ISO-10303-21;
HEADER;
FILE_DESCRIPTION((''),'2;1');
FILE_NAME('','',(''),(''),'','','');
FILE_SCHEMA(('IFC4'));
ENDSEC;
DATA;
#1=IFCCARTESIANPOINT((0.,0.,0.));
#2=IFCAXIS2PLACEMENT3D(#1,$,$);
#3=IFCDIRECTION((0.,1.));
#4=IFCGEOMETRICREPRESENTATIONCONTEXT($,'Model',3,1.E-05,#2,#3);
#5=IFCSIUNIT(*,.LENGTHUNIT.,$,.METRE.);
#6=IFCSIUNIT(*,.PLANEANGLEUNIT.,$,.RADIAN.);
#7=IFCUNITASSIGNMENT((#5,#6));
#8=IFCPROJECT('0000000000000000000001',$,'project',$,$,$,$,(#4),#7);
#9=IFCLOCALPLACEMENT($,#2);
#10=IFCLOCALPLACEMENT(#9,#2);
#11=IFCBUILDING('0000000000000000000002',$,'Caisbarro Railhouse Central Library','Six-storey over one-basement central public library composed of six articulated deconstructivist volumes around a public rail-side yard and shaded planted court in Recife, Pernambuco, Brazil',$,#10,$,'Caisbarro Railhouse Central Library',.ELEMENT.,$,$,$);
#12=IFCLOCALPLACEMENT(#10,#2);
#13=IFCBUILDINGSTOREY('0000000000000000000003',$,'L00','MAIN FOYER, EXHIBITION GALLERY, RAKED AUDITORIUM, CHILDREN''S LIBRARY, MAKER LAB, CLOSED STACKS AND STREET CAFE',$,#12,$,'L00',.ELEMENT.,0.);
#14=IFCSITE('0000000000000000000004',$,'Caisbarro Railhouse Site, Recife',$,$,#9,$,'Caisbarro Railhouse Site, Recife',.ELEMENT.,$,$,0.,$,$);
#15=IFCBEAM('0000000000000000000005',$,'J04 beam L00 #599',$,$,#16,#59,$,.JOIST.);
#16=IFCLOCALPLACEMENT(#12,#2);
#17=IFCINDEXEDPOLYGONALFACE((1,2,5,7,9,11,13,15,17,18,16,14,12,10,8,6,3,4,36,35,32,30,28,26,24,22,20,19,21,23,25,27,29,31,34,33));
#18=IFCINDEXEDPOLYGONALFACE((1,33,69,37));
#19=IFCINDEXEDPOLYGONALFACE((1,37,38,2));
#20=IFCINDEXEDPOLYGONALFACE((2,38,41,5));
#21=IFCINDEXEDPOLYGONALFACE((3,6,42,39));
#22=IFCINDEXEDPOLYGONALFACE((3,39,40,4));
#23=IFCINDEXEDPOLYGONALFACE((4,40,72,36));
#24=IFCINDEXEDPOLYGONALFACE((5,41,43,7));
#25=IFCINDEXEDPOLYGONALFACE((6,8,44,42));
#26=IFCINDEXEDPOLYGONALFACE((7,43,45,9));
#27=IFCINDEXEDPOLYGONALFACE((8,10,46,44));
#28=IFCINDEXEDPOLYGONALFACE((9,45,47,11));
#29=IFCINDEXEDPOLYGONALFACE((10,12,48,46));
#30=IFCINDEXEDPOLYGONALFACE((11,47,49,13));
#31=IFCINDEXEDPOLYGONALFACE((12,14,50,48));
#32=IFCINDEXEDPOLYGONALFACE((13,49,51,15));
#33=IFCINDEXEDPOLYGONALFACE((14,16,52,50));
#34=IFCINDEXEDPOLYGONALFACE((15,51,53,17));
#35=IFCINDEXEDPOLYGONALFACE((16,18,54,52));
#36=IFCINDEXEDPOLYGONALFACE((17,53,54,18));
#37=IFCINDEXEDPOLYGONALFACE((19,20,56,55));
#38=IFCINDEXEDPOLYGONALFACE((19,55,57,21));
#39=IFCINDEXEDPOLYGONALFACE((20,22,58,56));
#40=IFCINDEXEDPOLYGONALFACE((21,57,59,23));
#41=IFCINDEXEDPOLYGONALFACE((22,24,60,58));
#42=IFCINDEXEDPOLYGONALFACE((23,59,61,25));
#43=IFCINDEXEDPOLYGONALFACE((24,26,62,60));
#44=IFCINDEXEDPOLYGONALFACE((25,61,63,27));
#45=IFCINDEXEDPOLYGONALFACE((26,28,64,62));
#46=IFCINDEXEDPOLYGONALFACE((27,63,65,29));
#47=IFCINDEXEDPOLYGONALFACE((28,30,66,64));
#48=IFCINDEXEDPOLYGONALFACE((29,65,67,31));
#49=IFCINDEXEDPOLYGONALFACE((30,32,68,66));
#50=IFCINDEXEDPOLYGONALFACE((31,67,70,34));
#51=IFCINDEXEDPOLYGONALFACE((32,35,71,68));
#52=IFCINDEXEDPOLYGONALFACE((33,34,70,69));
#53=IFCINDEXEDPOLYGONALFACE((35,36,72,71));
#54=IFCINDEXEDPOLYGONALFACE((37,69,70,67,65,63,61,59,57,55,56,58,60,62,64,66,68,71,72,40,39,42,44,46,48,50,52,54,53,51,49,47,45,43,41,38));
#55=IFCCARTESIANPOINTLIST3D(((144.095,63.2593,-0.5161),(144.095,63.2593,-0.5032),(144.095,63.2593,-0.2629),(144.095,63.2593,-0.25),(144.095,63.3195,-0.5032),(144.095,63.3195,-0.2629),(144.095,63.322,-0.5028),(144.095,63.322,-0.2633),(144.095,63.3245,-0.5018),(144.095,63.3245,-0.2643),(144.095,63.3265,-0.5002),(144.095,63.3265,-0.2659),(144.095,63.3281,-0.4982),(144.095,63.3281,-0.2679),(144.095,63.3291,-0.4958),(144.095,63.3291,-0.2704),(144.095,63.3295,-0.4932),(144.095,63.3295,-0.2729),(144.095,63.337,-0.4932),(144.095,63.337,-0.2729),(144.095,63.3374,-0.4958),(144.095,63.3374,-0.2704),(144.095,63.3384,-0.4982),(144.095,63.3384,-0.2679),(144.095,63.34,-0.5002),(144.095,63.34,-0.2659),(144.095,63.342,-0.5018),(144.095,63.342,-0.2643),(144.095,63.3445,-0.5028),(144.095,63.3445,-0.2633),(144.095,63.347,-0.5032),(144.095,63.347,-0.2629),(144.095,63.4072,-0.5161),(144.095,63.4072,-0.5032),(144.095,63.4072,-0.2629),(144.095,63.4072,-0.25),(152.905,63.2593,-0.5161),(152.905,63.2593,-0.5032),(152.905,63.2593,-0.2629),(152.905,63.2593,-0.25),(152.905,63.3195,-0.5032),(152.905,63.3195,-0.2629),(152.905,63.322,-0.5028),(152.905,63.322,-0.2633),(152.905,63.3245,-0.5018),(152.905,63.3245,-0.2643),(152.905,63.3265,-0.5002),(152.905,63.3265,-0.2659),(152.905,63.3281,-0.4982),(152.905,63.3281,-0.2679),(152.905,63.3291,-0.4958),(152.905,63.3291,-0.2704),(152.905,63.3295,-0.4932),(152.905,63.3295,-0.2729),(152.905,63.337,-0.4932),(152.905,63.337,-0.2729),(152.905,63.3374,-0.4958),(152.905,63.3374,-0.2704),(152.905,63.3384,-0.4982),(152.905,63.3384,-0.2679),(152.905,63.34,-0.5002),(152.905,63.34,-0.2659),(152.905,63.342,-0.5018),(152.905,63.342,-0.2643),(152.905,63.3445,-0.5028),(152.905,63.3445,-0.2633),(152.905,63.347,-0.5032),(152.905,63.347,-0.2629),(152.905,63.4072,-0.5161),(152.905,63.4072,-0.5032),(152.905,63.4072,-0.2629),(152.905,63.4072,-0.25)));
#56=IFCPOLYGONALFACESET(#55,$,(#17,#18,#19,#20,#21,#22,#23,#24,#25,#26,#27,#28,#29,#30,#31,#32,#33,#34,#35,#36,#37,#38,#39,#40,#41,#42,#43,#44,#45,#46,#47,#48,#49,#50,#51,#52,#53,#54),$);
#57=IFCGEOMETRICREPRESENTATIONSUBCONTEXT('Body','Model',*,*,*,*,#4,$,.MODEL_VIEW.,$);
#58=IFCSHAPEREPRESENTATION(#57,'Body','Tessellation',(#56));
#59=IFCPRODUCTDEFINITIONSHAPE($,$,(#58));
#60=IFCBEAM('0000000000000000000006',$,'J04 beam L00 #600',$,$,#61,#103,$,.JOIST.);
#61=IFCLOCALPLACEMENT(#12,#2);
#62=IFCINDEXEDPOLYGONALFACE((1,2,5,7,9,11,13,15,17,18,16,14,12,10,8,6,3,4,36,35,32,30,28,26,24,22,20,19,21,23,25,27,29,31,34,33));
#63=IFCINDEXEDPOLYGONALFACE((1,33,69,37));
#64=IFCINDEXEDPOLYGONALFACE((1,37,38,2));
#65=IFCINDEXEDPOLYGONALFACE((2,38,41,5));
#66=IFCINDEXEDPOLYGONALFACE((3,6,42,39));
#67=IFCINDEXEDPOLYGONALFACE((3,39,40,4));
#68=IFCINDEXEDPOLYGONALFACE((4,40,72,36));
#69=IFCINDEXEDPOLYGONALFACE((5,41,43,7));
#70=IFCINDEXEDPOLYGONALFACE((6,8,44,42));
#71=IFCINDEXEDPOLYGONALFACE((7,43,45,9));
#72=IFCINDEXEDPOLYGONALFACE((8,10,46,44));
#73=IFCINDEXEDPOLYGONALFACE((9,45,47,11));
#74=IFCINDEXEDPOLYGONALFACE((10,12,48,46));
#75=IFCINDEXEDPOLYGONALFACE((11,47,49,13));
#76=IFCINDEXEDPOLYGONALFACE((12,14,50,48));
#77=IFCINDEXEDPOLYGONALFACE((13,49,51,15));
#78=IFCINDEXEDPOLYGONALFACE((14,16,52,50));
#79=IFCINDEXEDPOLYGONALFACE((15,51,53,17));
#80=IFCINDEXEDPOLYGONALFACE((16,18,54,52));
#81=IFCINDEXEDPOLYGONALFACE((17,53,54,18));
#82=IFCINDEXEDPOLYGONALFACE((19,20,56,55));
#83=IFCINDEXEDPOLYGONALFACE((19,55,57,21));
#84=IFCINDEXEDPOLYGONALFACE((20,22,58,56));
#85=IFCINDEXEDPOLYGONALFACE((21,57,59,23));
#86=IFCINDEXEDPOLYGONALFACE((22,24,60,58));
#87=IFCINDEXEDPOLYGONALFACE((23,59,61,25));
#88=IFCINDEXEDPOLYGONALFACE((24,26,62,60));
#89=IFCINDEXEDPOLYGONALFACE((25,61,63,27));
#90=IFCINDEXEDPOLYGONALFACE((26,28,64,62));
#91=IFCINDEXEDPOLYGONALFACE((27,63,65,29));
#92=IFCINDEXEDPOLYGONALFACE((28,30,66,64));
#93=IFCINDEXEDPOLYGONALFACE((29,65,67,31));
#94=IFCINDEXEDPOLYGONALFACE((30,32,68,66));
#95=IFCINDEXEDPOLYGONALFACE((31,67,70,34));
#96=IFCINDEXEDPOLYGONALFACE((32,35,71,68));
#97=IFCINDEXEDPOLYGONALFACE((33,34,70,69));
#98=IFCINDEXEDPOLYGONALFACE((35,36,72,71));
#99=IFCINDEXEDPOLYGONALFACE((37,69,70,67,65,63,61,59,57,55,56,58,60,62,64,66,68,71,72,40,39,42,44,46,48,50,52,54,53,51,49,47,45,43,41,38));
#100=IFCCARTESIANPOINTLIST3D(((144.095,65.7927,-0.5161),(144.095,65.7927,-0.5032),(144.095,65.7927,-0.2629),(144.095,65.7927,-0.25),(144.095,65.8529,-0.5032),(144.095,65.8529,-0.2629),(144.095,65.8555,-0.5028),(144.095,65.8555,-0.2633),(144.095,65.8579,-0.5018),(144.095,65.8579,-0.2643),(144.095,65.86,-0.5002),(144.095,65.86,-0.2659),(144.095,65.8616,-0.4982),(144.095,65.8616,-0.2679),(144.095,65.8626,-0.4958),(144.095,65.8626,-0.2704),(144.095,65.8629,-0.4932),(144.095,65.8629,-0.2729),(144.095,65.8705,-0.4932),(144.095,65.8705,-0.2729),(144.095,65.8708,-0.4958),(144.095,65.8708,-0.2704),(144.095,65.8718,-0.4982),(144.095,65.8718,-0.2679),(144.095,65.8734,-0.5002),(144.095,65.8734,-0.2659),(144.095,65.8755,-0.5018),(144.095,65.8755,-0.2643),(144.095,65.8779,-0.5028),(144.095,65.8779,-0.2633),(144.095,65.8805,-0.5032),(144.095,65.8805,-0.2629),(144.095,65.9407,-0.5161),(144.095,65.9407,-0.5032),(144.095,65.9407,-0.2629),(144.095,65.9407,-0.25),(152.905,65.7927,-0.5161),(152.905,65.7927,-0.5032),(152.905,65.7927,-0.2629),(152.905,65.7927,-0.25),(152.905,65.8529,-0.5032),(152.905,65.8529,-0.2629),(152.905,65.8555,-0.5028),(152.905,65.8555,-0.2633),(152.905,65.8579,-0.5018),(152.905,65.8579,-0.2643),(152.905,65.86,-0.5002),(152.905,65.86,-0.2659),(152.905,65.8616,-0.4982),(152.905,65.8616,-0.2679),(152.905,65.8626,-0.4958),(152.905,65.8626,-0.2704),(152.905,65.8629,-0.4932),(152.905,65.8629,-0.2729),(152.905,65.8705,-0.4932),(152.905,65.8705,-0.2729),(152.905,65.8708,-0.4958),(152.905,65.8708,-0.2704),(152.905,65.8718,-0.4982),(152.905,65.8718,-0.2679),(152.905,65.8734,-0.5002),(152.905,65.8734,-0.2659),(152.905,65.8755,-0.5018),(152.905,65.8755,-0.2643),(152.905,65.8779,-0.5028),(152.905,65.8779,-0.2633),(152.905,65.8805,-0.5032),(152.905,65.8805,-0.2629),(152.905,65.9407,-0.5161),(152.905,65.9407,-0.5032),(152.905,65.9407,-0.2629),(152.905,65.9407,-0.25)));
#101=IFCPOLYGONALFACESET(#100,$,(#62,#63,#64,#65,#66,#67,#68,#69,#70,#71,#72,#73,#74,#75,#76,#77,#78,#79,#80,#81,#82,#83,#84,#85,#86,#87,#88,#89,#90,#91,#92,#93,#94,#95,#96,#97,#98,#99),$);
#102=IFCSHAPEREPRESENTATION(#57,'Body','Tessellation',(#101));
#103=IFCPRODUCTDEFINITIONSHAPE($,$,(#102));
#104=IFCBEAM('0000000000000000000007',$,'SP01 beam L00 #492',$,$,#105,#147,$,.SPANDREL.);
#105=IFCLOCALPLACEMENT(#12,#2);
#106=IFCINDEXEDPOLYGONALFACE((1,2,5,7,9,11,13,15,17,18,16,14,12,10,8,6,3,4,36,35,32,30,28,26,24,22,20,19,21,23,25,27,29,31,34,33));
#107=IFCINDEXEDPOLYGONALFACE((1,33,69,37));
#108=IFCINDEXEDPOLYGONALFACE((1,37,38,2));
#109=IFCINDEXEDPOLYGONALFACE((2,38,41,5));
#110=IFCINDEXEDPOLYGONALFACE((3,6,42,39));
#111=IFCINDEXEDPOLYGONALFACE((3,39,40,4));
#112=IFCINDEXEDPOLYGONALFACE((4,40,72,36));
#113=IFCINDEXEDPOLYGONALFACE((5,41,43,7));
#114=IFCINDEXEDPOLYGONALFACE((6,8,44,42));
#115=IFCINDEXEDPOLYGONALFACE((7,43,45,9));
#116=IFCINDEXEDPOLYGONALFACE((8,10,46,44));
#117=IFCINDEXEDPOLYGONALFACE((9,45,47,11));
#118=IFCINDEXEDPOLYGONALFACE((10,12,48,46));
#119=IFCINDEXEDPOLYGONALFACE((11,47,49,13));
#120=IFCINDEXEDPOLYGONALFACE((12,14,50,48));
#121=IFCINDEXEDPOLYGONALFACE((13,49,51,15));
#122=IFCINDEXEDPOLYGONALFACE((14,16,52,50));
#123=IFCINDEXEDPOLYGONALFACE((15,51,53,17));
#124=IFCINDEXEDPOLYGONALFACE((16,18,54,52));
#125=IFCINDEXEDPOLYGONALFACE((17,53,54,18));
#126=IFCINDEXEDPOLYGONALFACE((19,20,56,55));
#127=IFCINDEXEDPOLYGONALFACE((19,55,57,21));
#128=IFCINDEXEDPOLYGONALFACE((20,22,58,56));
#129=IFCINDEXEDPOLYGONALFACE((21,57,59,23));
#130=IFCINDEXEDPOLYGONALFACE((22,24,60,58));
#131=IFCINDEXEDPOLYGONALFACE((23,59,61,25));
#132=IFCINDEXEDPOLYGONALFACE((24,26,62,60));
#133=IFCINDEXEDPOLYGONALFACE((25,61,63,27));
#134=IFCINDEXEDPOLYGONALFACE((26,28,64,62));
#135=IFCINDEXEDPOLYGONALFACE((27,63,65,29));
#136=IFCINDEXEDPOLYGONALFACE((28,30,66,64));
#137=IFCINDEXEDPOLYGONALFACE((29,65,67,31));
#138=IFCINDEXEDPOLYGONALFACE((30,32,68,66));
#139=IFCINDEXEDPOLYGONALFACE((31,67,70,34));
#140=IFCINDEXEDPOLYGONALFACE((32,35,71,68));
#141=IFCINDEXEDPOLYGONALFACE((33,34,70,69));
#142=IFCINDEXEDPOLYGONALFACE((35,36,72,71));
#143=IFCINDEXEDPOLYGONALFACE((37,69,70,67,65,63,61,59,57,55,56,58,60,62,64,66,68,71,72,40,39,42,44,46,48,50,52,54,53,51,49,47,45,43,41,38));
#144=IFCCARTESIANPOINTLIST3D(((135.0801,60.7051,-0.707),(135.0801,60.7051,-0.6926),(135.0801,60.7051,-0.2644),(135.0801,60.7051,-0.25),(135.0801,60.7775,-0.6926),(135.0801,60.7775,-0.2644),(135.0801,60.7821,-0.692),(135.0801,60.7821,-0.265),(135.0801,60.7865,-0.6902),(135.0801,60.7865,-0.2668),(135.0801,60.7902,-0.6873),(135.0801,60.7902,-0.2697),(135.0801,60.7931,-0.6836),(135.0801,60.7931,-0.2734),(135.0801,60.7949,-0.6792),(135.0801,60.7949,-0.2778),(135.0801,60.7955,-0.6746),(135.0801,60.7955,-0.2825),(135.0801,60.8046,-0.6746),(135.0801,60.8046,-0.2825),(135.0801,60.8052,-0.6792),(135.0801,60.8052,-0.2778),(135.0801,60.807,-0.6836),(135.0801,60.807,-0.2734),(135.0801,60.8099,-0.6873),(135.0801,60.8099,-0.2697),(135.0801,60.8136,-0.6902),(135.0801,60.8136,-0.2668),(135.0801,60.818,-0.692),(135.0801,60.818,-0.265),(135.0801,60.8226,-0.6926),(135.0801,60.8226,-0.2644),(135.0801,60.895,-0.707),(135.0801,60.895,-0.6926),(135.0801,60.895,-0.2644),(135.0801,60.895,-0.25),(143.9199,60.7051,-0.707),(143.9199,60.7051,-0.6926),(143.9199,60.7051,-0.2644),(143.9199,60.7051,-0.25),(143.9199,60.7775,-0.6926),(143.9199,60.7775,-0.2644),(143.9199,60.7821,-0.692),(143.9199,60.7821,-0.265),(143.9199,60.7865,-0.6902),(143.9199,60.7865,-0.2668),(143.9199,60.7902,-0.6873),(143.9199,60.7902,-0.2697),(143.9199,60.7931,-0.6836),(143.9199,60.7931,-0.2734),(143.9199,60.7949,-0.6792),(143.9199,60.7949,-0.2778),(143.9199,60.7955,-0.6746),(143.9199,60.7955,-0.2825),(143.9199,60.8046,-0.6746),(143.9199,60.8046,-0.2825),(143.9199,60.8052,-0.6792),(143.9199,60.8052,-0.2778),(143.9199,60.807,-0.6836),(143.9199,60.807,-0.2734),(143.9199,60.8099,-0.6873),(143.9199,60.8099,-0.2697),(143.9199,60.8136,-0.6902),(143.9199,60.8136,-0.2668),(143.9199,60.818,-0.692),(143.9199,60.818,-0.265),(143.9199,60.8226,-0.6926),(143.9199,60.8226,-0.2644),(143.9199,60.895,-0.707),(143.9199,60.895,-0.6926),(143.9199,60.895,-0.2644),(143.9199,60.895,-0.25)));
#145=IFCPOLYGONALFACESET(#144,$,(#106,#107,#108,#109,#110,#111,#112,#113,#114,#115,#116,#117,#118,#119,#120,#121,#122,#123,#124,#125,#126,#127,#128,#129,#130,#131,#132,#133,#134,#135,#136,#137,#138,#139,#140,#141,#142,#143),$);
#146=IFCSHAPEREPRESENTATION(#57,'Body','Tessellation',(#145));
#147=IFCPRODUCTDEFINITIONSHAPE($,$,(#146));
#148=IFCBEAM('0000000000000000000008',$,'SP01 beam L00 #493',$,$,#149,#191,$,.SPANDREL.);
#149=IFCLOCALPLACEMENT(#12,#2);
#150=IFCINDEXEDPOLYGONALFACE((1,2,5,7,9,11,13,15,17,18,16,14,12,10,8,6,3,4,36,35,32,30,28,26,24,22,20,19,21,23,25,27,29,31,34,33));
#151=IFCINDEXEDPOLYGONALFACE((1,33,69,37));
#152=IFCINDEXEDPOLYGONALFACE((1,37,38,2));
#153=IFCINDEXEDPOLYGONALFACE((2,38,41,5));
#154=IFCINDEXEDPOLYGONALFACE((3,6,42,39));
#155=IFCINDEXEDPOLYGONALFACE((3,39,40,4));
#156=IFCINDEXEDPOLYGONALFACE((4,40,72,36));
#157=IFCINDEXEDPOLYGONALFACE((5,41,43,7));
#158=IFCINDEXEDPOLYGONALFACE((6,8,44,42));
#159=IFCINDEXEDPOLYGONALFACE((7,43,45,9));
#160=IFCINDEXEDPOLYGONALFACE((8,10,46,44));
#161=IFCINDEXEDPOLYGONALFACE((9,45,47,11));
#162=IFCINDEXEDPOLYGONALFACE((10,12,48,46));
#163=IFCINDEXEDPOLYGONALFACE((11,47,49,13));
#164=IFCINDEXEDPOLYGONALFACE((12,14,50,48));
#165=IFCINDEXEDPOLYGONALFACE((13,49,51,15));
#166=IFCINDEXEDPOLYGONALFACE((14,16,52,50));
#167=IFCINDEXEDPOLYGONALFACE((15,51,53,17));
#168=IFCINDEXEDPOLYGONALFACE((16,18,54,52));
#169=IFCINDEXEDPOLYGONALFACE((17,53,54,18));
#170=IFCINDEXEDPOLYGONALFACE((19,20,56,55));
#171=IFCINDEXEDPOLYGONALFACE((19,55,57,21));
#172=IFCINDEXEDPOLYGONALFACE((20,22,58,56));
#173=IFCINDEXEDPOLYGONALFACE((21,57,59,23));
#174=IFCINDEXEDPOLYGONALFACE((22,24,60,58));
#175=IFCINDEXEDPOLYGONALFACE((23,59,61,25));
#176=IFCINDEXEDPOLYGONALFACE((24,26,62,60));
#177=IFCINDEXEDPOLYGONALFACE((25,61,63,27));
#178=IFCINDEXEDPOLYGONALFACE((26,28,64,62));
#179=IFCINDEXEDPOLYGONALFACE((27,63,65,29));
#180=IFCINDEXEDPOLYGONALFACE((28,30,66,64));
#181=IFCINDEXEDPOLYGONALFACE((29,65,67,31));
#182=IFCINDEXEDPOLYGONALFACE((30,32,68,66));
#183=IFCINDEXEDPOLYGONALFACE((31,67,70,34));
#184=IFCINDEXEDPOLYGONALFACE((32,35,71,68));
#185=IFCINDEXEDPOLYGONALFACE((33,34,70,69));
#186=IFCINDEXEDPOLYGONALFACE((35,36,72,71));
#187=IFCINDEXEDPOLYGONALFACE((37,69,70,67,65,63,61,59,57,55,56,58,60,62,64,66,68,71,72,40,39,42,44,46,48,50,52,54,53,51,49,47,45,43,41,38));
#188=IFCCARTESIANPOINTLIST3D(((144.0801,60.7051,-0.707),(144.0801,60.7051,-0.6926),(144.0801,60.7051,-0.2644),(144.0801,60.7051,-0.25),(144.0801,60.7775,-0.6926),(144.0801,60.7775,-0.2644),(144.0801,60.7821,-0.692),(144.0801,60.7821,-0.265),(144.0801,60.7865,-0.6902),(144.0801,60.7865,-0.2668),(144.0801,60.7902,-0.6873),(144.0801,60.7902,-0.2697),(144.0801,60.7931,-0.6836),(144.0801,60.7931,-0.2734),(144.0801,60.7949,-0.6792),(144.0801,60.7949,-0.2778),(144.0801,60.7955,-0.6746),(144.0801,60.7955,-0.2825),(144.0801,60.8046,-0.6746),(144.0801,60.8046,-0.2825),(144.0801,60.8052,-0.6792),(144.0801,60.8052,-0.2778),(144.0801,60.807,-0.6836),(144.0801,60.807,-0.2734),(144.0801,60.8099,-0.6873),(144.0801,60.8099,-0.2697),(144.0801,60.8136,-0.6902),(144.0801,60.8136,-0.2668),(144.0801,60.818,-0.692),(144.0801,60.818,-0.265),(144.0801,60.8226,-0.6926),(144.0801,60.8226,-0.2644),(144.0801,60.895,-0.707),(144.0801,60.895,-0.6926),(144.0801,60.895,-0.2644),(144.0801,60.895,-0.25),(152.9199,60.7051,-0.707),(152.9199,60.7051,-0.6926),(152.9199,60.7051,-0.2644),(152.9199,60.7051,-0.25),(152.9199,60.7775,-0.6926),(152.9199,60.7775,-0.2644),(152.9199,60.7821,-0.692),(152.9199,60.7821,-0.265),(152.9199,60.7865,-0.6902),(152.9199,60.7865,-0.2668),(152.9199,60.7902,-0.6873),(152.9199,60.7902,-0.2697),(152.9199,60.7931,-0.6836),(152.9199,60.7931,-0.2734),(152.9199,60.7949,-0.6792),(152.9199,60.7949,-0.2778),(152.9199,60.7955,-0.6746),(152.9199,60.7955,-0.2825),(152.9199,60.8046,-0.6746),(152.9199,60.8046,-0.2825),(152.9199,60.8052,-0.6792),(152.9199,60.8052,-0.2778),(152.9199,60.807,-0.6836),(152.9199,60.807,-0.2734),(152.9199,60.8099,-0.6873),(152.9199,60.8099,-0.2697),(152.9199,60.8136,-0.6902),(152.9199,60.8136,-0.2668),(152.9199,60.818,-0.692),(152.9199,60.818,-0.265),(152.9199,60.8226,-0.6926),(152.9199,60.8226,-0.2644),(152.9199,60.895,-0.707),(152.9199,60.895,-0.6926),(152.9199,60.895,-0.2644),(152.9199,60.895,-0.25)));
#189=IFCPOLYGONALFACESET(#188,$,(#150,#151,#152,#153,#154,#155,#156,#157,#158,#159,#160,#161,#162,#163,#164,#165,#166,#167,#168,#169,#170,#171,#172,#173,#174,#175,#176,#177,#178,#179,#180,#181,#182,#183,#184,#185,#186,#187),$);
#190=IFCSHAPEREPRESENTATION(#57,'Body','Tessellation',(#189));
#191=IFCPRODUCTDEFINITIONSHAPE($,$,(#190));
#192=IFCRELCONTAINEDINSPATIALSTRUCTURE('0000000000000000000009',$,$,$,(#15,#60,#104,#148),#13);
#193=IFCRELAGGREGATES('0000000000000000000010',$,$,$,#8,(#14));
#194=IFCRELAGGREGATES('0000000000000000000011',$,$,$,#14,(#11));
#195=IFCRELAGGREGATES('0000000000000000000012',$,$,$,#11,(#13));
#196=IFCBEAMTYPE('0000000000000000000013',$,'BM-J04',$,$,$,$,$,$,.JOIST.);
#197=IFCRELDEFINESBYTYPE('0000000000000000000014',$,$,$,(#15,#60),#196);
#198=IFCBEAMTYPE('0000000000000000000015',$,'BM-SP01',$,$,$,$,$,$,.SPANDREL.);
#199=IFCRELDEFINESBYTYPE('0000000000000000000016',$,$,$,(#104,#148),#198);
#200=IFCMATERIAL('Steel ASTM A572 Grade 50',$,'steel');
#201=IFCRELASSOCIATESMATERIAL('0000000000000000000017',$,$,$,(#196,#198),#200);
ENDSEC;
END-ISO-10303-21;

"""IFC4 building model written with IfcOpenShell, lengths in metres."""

from ifc_helpers import new_model, si_unit, direction, frame, origin, origin_2d, place, context, subcontext, project, spatial, i_section, extrude, material, material_profile, profile_set, type_object, element, save


model = new_model("IFC4")

# Units and contexts
model_context = context("Model", 3, precision=1e-05, world=origin(), true_north=direction((0.0, 1.0)))
body_context = subcontext(model_context, "Body", "Model", "MODEL_VIEW")
ifc_project = project(units=[si_unit("LENGTHUNIT", "METRE"), si_unit("PLANEANGLEUNIT", "RADIAN")], contexts=[model_context])

# Site, building, storey
site_placement = place(None, origin())
site = spatial("IfcSite", under=ifc_project, at=site_placement, Name="Caisbarro Railhouse Site, Recife", LongName="Caisbarro Railhouse Site, Recife", CompositionType="ELEMENT", RefElevation=0.0)
building_placement = place(site_placement, origin())
building = spatial("IfcBuilding", under=site, at=building_placement, Name="Caisbarro Railhouse Central Library", Description="Six-storey over one-basement central public library composed of six articulated deconstructivist volumes around a public rail-side yard and shaded planted court in Recife, Pernambuco, Brazil", LongName="Caisbarro Railhouse Central Library", CompositionType="ELEMENT")
storey_placement = place(building_placement, origin())
storey = spatial("IfcBuildingStorey", under=building, at=storey_placement, Name="L00", Description="MAIN FOYER, EXHIBITION GALLERY, RAKED AUDITORIUM, CHILDREN'S LIBRARY, MAKER LAB, CLOSED STACKS AND STREET CAFE", LongName="L00", CompositionType="ELEMENT", Elevation=0.0)

# Shared definitions
ifc_material_1 = material(Name="Steel ASTM A572 Grade 50", Category="steel")

# Beams
ifc_material_profile_1 = material_profile(ifc_material_1, i_section(OverallWidth=0.1479, OverallDepth=0.2661, WebThickness=0.0076, FlangeThickness=0.0129, FilletRadius=0.01, at=origin_2d()), Name="W250X44.8")
ifc_profile_set_1 = profile_set([ifc_material_profile_1], Name="Steel ASTM A572 Grade 50")
beam_type_1 = type_object("IfcBeamType", Name="BM-J04", PredefinedType="JOIST", material=ifc_profile_set_1)
for number, where, z_axis, x_axis, name in (
    (1, (144.095, 63.3333, -0.3831), (1.0, 0.0, 0.0), (0.0, 1.0, 0.0), "J04 beam L00 #599"),
    (2, (144.095, 65.8667, -0.3831), (1.0, 0.0, 0.0), (0.0, 1.0, 0.0), "J04 beam L00 #600"),
):
    element("IfcBeam", number, at=place(storey_placement, frame(where, z_axis=z_axis, x_axis=x_axis)), inside=storey, type_object=beam_type_1, Name=name, PredefinedType="JOIST", context=body_context, shape_type="SweptSolid", body=[
        extrude(i_section(OverallWidth=0.1479, OverallDepth=0.2661, WebThickness=0.0076, FlangeThickness=0.0129, FilletRadius=0.01, at=origin_2d()), origin(), (0.0, 0.0, 1.0), 8.8101),
    ])
ifc_material_profile_2 = material_profile(ifc_material_1, i_section(OverallWidth=0.1899, OverallDepth=0.457, WebThickness=0.009, FlangeThickness=0.0144, FilletRadius=0.0181, at=origin_2d()), Name="W460X74.0")
ifc_profile_set_2 = profile_set([ifc_material_profile_2], Name="Steel ASTM A572 Grade 50")
beam_type_2 = type_object("IfcBeamType", Name="BM-SP01", PredefinedType="SPANDREL", material=ifc_profile_set_2)
for number, where, z_axis, x_axis, name in (
    (3, (135.0801, 60.8, -0.4785), (1.0, 0.0, 0.0), (0.0, 1.0, 0.0), "SP01 beam L00 #492"),
    (4, (144.0801, 60.8, -0.4785), (1.0, 0.0, 0.0), (0.0, 1.0, 0.0), "SP01 beam L00 #493"),
):
    element("IfcBeam", number, at=place(storey_placement, frame(where, z_axis=z_axis, x_axis=x_axis)), inside=storey, type_object=beam_type_2, Name=name, PredefinedType="SPANDREL", context=body_context, shape_type="SweptSolid", body=[
        extrude(i_section(OverallWidth=0.1899, OverallDepth=0.457, WebThickness=0.009, FlangeThickness=0.0144, FilletRadius=0.0181, at=origin_2d()), origin(), (0.0, 0.0, 1.0), 8.8398),
    ])

save(model, "model.ifc")
